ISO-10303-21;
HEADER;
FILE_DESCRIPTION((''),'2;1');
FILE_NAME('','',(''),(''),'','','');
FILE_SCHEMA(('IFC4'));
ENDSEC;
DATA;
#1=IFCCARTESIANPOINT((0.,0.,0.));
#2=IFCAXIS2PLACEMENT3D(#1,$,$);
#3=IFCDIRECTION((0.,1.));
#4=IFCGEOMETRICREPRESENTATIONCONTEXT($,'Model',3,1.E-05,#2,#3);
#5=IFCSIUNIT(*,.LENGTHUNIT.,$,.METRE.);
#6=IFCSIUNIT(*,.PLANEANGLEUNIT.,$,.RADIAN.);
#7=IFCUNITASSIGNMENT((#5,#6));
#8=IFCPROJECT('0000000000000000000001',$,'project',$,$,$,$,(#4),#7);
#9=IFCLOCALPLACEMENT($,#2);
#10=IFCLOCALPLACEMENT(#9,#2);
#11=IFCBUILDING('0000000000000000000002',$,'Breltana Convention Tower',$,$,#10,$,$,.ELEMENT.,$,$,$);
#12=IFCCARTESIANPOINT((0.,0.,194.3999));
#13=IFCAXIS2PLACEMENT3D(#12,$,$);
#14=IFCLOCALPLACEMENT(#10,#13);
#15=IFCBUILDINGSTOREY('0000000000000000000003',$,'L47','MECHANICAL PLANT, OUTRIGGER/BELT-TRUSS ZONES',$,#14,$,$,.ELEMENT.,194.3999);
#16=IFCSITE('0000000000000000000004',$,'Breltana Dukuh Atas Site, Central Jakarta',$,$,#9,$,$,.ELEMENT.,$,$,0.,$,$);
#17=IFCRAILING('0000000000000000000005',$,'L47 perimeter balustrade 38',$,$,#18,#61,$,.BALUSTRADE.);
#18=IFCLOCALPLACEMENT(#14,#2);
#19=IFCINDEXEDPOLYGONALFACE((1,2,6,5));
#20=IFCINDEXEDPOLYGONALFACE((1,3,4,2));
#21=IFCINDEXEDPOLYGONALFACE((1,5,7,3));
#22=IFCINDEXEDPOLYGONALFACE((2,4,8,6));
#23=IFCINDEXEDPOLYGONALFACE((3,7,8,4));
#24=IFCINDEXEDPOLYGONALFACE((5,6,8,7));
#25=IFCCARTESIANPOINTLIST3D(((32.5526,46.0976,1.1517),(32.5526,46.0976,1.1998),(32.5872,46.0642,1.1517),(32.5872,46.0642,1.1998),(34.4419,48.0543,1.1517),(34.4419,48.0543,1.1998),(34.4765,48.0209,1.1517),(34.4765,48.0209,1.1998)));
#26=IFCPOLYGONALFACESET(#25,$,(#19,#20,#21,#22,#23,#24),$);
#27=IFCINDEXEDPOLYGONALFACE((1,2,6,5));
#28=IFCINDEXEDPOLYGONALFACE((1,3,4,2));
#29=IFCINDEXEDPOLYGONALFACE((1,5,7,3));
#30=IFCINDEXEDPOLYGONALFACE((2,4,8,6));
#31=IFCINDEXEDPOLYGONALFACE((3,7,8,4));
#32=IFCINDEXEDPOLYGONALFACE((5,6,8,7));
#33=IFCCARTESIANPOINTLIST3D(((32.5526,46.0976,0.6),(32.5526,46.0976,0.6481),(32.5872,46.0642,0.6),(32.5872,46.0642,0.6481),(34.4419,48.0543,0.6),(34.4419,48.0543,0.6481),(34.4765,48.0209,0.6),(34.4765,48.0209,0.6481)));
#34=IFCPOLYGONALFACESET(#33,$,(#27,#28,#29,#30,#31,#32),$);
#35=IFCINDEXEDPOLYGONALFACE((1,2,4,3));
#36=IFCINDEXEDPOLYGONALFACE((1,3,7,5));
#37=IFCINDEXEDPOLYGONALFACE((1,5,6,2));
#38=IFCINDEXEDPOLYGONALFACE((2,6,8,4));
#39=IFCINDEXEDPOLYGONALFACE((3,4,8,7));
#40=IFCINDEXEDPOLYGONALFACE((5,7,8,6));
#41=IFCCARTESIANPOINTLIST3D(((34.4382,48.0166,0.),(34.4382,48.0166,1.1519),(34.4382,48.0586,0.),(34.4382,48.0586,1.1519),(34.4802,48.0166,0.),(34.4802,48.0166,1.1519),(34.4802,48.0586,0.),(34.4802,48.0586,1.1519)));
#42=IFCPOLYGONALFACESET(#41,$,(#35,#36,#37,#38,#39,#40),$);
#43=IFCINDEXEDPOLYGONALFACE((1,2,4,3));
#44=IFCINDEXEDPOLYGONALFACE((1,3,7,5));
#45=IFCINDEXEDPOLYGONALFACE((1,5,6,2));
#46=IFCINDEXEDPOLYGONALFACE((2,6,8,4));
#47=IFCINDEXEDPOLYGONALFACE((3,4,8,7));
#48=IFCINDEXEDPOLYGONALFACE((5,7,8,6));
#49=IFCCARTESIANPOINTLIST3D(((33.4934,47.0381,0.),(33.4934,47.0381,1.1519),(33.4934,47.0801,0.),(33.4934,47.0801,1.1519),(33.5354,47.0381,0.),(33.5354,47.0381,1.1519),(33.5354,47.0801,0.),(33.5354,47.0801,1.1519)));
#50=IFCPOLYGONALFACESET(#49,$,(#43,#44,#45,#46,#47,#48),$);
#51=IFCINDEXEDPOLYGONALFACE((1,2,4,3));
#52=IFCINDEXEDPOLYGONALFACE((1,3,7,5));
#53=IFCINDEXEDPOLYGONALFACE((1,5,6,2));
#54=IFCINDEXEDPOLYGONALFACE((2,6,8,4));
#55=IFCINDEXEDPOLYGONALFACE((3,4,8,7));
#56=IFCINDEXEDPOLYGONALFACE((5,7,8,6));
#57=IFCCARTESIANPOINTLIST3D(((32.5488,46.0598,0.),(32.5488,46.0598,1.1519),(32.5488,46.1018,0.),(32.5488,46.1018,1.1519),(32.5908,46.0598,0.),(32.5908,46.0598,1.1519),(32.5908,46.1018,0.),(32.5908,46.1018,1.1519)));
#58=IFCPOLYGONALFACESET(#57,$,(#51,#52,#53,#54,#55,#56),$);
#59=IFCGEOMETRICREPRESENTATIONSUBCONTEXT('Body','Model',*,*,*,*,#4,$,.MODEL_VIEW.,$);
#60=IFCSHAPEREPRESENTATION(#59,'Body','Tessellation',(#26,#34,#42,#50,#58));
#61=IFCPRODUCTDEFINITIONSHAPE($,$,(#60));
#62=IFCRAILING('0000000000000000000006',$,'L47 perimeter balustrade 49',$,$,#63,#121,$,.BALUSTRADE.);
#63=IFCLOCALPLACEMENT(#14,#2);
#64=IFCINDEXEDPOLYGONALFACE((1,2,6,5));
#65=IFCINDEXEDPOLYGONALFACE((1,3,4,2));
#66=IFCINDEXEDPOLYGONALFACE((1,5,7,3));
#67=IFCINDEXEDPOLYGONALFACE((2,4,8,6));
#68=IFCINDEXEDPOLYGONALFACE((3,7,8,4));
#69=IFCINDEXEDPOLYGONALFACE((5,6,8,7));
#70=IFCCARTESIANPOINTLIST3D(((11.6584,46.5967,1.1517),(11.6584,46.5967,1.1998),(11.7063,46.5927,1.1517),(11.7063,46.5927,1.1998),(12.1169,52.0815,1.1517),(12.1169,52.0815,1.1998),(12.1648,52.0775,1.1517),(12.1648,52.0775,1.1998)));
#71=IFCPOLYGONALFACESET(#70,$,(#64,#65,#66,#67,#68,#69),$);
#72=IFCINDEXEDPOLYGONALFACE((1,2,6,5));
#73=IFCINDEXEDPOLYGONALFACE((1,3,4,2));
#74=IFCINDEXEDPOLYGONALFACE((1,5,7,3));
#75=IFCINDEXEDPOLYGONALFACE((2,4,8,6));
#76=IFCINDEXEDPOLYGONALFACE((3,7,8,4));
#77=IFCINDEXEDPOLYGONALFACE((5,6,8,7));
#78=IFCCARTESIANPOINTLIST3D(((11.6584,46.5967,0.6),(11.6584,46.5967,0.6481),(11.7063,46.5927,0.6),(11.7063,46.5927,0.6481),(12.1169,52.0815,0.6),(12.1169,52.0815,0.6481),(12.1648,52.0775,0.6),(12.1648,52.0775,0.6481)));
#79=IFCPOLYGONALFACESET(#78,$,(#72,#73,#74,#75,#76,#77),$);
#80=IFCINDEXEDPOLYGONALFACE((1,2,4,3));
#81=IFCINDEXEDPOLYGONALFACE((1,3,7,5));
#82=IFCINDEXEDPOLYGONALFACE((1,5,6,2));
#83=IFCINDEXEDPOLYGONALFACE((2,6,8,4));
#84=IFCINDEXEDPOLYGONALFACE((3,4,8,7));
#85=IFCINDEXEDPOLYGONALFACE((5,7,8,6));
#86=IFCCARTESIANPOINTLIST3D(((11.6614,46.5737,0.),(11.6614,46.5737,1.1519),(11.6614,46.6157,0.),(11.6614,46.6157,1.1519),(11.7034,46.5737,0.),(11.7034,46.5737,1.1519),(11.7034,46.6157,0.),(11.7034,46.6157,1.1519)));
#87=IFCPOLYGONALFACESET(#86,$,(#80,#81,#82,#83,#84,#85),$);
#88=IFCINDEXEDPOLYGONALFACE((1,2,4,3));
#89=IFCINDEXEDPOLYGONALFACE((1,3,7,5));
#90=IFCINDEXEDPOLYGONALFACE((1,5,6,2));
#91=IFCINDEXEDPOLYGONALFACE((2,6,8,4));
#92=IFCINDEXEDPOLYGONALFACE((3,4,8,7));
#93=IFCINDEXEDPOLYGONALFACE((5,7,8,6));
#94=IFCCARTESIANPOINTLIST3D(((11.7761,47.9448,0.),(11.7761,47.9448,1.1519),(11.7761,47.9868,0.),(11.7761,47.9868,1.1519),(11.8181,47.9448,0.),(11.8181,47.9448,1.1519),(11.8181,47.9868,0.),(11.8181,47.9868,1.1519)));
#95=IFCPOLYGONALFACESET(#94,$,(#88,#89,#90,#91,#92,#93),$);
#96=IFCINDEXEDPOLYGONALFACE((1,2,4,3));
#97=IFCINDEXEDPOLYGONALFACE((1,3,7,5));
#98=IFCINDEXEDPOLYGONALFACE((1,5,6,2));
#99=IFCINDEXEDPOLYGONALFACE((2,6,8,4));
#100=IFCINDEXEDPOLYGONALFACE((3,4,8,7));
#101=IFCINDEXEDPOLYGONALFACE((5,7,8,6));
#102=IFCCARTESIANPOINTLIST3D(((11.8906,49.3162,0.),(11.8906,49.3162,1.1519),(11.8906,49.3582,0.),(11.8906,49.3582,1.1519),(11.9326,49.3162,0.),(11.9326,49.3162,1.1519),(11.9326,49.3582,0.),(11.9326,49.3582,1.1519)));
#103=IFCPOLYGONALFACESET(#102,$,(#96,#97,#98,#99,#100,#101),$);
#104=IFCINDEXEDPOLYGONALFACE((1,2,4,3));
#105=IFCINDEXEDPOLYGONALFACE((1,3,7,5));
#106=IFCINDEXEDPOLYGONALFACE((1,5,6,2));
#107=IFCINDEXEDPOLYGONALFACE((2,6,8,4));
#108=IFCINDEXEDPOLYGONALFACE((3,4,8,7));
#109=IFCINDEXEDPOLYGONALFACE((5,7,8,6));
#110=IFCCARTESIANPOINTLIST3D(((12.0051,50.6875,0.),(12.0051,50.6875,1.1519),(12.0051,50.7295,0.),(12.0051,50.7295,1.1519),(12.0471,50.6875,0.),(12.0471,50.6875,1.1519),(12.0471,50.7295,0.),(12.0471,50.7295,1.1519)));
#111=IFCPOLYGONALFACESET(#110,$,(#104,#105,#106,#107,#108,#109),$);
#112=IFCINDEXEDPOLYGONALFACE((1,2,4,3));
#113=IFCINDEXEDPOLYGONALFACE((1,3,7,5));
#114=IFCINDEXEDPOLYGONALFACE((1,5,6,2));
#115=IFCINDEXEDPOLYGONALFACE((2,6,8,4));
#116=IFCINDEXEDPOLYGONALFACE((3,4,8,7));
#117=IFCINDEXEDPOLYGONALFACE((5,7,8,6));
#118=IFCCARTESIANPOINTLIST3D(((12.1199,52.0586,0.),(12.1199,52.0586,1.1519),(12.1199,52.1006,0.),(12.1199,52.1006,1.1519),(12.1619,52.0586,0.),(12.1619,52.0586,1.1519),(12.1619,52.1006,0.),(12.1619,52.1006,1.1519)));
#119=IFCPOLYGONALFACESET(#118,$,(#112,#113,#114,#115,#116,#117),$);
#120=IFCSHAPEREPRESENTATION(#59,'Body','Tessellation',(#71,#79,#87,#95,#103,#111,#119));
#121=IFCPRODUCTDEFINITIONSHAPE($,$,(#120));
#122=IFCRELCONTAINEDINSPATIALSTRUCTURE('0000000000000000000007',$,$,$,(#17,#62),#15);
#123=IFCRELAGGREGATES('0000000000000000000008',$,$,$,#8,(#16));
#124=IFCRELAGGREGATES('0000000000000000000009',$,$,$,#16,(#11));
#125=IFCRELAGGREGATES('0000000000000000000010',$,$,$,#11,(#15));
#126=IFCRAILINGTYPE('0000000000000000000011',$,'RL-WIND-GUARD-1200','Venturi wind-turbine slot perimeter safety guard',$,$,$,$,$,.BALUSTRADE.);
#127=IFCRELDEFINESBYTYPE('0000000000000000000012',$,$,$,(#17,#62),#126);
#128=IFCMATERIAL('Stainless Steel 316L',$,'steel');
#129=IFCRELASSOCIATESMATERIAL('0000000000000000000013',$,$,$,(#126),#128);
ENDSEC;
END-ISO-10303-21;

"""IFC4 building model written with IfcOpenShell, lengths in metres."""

from ifc_helpers import new_model, si_unit, direction, frame, origin, origin_2d, place, context, subcontext, project, spatial, rectangle, extrude, material, type_object, element, save


model = new_model("IFC4")

# Units and contexts
model_context = context("Model", 3, precision=1e-05, world=origin(), true_north=direction((0.0, 1.0)))
body_context = subcontext(model_context, "Body", "Model", "MODEL_VIEW")
ifc_project = project(units=[si_unit("LENGTHUNIT", "METRE"), si_unit("PLANEANGLEUNIT", "RADIAN")], contexts=[model_context])

# Site, building, storey
site_placement = place(None, origin())
site = spatial("IfcSite", under=ifc_project, at=site_placement, Name="Breltana Dukuh Atas Site, Central Jakarta", CompositionType="ELEMENT", RefElevation=0.0)
building_placement = place(site_placement, origin())
building = spatial("IfcBuilding", under=site, at=building_placement, Name="Breltana Convention Tower", CompositionType="ELEMENT")
storey_placement = place(building_placement, frame((0.0, 0.0, 194.3999)))
storey = spatial("IfcBuildingStorey", under=building, at=storey_placement, Name="L47", Description="MECHANICAL PLANT, OUTRIGGER/BELT-TRUSS ZONES", CompositionType="ELEMENT", Elevation=194.3999)

# Railings
ifc_material_1 = material(Name="Stainless Steel 316L", Category="steel")
railing_type = type_object("IfcRailingType", Name="RL-WIND-GUARD-1200", Description="Venturi wind-turbine slot perimeter safety guard", PredefinedType="BALUSTRADE", material=ifc_material_1)
railing_1_placement = place(storey_placement, frame((34.4592, 48.0376, 0.0)))
element("IfcRailing", 1, at=railing_1_placement, inside=storey, type_object=railing_type, Name="L47 perimeter balustrade 38", PredefinedType="BALUSTRADE", context=body_context, shape_type="SweptSolid", body=[
    extrude(rectangle(XDim=0.0481, YDim=0.0481, at=origin_2d()), frame((0.0, 0.0, 1.1758), z_axis=(-0.694612, -0.719384, 0.0), x_axis=(0.719384, -0.694612, 0.0)), (0.0, 0.0, 1.0), 2.72),
    extrude(rectangle(XDim=0.0481, YDim=0.0481, at=origin_2d()), frame((0.0, 0.0, 0.624), z_axis=(-0.694612, -0.719384, 0.0), x_axis=(0.719384, -0.694612, 0.0)), (0.0, 0.0, 1.0), 2.72),
    extrude(rectangle(XDim=0.042, YDim=0.042, at=origin_2d()), origin(), (0.0, 0.0, 1.0), 1.1519),
    extrude(rectangle(XDim=0.042, YDim=0.042, at=origin_2d()), frame((-0.9448, -0.9785, 0.0)), (0.0, 0.0, 1.0), 1.1519),
    extrude(rectangle(XDim=0.042, YDim=0.042, at=origin_2d()), frame((-1.8894, -1.9568, 0.0)), (0.0, 0.0, 1.0), 1.1519),
])
railing_2_placement = place(storey_placement, frame((11.6824, 46.5947, 0.0)))
element("IfcRailing", 2, at=railing_2_placement, inside=storey, type_object=railing_type, Name="L47 perimeter balustrade 49", PredefinedType="BALUSTRADE", context=body_context, shape_type="SweptSolid", body=[
    extrude(rectangle(XDim=0.0481, YDim=0.0481, at=origin_2d()), frame((0.0, 0.0, 1.1758), z_axis=(0.083302, 0.996524, 0.0), x_axis=(-0.996524, 0.083302, 0.0)), (0.0, 0.0, 1.0), 5.5039),
    extrude(rectangle(XDim=0.0481, YDim=0.0481, at=origin_2d()), frame((0.0, 0.0, 0.624), z_axis=(0.083302, 0.996524, 0.0), x_axis=(-0.996524, 0.083302, 0.0)), (0.0, 0.0, 1.0), 5.5039),
    extrude(rectangle(XDim=0.042, YDim=0.042, at=origin_2d()), origin(), (0.0, 0.0, 1.0), 1.1519),
    extrude(rectangle(XDim=0.042, YDim=0.042, at=origin_2d()), frame((0.1147, 1.3711, 0.0)), (0.0, 0.0, 1.0), 1.1519),
    extrude(rectangle(XDim=0.042, YDim=0.042, at=origin_2d()), frame((0.2292, 2.7424, 0.0)), (0.0, 0.0, 1.0), 1.1519),
    extrude(rectangle(XDim=0.042, YDim=0.042, at=origin_2d()), frame((0.3438, 4.1138, 0.0)), (0.0, 0.0, 1.0), 1.1519),
    extrude(rectangle(XDim=0.042, YDim=0.042, at=origin_2d()), frame((0.4585, 5.4849, 0.0)), (0.0, 0.0, 1.0), 1.1519),
])

save(model, "model.ifc")
